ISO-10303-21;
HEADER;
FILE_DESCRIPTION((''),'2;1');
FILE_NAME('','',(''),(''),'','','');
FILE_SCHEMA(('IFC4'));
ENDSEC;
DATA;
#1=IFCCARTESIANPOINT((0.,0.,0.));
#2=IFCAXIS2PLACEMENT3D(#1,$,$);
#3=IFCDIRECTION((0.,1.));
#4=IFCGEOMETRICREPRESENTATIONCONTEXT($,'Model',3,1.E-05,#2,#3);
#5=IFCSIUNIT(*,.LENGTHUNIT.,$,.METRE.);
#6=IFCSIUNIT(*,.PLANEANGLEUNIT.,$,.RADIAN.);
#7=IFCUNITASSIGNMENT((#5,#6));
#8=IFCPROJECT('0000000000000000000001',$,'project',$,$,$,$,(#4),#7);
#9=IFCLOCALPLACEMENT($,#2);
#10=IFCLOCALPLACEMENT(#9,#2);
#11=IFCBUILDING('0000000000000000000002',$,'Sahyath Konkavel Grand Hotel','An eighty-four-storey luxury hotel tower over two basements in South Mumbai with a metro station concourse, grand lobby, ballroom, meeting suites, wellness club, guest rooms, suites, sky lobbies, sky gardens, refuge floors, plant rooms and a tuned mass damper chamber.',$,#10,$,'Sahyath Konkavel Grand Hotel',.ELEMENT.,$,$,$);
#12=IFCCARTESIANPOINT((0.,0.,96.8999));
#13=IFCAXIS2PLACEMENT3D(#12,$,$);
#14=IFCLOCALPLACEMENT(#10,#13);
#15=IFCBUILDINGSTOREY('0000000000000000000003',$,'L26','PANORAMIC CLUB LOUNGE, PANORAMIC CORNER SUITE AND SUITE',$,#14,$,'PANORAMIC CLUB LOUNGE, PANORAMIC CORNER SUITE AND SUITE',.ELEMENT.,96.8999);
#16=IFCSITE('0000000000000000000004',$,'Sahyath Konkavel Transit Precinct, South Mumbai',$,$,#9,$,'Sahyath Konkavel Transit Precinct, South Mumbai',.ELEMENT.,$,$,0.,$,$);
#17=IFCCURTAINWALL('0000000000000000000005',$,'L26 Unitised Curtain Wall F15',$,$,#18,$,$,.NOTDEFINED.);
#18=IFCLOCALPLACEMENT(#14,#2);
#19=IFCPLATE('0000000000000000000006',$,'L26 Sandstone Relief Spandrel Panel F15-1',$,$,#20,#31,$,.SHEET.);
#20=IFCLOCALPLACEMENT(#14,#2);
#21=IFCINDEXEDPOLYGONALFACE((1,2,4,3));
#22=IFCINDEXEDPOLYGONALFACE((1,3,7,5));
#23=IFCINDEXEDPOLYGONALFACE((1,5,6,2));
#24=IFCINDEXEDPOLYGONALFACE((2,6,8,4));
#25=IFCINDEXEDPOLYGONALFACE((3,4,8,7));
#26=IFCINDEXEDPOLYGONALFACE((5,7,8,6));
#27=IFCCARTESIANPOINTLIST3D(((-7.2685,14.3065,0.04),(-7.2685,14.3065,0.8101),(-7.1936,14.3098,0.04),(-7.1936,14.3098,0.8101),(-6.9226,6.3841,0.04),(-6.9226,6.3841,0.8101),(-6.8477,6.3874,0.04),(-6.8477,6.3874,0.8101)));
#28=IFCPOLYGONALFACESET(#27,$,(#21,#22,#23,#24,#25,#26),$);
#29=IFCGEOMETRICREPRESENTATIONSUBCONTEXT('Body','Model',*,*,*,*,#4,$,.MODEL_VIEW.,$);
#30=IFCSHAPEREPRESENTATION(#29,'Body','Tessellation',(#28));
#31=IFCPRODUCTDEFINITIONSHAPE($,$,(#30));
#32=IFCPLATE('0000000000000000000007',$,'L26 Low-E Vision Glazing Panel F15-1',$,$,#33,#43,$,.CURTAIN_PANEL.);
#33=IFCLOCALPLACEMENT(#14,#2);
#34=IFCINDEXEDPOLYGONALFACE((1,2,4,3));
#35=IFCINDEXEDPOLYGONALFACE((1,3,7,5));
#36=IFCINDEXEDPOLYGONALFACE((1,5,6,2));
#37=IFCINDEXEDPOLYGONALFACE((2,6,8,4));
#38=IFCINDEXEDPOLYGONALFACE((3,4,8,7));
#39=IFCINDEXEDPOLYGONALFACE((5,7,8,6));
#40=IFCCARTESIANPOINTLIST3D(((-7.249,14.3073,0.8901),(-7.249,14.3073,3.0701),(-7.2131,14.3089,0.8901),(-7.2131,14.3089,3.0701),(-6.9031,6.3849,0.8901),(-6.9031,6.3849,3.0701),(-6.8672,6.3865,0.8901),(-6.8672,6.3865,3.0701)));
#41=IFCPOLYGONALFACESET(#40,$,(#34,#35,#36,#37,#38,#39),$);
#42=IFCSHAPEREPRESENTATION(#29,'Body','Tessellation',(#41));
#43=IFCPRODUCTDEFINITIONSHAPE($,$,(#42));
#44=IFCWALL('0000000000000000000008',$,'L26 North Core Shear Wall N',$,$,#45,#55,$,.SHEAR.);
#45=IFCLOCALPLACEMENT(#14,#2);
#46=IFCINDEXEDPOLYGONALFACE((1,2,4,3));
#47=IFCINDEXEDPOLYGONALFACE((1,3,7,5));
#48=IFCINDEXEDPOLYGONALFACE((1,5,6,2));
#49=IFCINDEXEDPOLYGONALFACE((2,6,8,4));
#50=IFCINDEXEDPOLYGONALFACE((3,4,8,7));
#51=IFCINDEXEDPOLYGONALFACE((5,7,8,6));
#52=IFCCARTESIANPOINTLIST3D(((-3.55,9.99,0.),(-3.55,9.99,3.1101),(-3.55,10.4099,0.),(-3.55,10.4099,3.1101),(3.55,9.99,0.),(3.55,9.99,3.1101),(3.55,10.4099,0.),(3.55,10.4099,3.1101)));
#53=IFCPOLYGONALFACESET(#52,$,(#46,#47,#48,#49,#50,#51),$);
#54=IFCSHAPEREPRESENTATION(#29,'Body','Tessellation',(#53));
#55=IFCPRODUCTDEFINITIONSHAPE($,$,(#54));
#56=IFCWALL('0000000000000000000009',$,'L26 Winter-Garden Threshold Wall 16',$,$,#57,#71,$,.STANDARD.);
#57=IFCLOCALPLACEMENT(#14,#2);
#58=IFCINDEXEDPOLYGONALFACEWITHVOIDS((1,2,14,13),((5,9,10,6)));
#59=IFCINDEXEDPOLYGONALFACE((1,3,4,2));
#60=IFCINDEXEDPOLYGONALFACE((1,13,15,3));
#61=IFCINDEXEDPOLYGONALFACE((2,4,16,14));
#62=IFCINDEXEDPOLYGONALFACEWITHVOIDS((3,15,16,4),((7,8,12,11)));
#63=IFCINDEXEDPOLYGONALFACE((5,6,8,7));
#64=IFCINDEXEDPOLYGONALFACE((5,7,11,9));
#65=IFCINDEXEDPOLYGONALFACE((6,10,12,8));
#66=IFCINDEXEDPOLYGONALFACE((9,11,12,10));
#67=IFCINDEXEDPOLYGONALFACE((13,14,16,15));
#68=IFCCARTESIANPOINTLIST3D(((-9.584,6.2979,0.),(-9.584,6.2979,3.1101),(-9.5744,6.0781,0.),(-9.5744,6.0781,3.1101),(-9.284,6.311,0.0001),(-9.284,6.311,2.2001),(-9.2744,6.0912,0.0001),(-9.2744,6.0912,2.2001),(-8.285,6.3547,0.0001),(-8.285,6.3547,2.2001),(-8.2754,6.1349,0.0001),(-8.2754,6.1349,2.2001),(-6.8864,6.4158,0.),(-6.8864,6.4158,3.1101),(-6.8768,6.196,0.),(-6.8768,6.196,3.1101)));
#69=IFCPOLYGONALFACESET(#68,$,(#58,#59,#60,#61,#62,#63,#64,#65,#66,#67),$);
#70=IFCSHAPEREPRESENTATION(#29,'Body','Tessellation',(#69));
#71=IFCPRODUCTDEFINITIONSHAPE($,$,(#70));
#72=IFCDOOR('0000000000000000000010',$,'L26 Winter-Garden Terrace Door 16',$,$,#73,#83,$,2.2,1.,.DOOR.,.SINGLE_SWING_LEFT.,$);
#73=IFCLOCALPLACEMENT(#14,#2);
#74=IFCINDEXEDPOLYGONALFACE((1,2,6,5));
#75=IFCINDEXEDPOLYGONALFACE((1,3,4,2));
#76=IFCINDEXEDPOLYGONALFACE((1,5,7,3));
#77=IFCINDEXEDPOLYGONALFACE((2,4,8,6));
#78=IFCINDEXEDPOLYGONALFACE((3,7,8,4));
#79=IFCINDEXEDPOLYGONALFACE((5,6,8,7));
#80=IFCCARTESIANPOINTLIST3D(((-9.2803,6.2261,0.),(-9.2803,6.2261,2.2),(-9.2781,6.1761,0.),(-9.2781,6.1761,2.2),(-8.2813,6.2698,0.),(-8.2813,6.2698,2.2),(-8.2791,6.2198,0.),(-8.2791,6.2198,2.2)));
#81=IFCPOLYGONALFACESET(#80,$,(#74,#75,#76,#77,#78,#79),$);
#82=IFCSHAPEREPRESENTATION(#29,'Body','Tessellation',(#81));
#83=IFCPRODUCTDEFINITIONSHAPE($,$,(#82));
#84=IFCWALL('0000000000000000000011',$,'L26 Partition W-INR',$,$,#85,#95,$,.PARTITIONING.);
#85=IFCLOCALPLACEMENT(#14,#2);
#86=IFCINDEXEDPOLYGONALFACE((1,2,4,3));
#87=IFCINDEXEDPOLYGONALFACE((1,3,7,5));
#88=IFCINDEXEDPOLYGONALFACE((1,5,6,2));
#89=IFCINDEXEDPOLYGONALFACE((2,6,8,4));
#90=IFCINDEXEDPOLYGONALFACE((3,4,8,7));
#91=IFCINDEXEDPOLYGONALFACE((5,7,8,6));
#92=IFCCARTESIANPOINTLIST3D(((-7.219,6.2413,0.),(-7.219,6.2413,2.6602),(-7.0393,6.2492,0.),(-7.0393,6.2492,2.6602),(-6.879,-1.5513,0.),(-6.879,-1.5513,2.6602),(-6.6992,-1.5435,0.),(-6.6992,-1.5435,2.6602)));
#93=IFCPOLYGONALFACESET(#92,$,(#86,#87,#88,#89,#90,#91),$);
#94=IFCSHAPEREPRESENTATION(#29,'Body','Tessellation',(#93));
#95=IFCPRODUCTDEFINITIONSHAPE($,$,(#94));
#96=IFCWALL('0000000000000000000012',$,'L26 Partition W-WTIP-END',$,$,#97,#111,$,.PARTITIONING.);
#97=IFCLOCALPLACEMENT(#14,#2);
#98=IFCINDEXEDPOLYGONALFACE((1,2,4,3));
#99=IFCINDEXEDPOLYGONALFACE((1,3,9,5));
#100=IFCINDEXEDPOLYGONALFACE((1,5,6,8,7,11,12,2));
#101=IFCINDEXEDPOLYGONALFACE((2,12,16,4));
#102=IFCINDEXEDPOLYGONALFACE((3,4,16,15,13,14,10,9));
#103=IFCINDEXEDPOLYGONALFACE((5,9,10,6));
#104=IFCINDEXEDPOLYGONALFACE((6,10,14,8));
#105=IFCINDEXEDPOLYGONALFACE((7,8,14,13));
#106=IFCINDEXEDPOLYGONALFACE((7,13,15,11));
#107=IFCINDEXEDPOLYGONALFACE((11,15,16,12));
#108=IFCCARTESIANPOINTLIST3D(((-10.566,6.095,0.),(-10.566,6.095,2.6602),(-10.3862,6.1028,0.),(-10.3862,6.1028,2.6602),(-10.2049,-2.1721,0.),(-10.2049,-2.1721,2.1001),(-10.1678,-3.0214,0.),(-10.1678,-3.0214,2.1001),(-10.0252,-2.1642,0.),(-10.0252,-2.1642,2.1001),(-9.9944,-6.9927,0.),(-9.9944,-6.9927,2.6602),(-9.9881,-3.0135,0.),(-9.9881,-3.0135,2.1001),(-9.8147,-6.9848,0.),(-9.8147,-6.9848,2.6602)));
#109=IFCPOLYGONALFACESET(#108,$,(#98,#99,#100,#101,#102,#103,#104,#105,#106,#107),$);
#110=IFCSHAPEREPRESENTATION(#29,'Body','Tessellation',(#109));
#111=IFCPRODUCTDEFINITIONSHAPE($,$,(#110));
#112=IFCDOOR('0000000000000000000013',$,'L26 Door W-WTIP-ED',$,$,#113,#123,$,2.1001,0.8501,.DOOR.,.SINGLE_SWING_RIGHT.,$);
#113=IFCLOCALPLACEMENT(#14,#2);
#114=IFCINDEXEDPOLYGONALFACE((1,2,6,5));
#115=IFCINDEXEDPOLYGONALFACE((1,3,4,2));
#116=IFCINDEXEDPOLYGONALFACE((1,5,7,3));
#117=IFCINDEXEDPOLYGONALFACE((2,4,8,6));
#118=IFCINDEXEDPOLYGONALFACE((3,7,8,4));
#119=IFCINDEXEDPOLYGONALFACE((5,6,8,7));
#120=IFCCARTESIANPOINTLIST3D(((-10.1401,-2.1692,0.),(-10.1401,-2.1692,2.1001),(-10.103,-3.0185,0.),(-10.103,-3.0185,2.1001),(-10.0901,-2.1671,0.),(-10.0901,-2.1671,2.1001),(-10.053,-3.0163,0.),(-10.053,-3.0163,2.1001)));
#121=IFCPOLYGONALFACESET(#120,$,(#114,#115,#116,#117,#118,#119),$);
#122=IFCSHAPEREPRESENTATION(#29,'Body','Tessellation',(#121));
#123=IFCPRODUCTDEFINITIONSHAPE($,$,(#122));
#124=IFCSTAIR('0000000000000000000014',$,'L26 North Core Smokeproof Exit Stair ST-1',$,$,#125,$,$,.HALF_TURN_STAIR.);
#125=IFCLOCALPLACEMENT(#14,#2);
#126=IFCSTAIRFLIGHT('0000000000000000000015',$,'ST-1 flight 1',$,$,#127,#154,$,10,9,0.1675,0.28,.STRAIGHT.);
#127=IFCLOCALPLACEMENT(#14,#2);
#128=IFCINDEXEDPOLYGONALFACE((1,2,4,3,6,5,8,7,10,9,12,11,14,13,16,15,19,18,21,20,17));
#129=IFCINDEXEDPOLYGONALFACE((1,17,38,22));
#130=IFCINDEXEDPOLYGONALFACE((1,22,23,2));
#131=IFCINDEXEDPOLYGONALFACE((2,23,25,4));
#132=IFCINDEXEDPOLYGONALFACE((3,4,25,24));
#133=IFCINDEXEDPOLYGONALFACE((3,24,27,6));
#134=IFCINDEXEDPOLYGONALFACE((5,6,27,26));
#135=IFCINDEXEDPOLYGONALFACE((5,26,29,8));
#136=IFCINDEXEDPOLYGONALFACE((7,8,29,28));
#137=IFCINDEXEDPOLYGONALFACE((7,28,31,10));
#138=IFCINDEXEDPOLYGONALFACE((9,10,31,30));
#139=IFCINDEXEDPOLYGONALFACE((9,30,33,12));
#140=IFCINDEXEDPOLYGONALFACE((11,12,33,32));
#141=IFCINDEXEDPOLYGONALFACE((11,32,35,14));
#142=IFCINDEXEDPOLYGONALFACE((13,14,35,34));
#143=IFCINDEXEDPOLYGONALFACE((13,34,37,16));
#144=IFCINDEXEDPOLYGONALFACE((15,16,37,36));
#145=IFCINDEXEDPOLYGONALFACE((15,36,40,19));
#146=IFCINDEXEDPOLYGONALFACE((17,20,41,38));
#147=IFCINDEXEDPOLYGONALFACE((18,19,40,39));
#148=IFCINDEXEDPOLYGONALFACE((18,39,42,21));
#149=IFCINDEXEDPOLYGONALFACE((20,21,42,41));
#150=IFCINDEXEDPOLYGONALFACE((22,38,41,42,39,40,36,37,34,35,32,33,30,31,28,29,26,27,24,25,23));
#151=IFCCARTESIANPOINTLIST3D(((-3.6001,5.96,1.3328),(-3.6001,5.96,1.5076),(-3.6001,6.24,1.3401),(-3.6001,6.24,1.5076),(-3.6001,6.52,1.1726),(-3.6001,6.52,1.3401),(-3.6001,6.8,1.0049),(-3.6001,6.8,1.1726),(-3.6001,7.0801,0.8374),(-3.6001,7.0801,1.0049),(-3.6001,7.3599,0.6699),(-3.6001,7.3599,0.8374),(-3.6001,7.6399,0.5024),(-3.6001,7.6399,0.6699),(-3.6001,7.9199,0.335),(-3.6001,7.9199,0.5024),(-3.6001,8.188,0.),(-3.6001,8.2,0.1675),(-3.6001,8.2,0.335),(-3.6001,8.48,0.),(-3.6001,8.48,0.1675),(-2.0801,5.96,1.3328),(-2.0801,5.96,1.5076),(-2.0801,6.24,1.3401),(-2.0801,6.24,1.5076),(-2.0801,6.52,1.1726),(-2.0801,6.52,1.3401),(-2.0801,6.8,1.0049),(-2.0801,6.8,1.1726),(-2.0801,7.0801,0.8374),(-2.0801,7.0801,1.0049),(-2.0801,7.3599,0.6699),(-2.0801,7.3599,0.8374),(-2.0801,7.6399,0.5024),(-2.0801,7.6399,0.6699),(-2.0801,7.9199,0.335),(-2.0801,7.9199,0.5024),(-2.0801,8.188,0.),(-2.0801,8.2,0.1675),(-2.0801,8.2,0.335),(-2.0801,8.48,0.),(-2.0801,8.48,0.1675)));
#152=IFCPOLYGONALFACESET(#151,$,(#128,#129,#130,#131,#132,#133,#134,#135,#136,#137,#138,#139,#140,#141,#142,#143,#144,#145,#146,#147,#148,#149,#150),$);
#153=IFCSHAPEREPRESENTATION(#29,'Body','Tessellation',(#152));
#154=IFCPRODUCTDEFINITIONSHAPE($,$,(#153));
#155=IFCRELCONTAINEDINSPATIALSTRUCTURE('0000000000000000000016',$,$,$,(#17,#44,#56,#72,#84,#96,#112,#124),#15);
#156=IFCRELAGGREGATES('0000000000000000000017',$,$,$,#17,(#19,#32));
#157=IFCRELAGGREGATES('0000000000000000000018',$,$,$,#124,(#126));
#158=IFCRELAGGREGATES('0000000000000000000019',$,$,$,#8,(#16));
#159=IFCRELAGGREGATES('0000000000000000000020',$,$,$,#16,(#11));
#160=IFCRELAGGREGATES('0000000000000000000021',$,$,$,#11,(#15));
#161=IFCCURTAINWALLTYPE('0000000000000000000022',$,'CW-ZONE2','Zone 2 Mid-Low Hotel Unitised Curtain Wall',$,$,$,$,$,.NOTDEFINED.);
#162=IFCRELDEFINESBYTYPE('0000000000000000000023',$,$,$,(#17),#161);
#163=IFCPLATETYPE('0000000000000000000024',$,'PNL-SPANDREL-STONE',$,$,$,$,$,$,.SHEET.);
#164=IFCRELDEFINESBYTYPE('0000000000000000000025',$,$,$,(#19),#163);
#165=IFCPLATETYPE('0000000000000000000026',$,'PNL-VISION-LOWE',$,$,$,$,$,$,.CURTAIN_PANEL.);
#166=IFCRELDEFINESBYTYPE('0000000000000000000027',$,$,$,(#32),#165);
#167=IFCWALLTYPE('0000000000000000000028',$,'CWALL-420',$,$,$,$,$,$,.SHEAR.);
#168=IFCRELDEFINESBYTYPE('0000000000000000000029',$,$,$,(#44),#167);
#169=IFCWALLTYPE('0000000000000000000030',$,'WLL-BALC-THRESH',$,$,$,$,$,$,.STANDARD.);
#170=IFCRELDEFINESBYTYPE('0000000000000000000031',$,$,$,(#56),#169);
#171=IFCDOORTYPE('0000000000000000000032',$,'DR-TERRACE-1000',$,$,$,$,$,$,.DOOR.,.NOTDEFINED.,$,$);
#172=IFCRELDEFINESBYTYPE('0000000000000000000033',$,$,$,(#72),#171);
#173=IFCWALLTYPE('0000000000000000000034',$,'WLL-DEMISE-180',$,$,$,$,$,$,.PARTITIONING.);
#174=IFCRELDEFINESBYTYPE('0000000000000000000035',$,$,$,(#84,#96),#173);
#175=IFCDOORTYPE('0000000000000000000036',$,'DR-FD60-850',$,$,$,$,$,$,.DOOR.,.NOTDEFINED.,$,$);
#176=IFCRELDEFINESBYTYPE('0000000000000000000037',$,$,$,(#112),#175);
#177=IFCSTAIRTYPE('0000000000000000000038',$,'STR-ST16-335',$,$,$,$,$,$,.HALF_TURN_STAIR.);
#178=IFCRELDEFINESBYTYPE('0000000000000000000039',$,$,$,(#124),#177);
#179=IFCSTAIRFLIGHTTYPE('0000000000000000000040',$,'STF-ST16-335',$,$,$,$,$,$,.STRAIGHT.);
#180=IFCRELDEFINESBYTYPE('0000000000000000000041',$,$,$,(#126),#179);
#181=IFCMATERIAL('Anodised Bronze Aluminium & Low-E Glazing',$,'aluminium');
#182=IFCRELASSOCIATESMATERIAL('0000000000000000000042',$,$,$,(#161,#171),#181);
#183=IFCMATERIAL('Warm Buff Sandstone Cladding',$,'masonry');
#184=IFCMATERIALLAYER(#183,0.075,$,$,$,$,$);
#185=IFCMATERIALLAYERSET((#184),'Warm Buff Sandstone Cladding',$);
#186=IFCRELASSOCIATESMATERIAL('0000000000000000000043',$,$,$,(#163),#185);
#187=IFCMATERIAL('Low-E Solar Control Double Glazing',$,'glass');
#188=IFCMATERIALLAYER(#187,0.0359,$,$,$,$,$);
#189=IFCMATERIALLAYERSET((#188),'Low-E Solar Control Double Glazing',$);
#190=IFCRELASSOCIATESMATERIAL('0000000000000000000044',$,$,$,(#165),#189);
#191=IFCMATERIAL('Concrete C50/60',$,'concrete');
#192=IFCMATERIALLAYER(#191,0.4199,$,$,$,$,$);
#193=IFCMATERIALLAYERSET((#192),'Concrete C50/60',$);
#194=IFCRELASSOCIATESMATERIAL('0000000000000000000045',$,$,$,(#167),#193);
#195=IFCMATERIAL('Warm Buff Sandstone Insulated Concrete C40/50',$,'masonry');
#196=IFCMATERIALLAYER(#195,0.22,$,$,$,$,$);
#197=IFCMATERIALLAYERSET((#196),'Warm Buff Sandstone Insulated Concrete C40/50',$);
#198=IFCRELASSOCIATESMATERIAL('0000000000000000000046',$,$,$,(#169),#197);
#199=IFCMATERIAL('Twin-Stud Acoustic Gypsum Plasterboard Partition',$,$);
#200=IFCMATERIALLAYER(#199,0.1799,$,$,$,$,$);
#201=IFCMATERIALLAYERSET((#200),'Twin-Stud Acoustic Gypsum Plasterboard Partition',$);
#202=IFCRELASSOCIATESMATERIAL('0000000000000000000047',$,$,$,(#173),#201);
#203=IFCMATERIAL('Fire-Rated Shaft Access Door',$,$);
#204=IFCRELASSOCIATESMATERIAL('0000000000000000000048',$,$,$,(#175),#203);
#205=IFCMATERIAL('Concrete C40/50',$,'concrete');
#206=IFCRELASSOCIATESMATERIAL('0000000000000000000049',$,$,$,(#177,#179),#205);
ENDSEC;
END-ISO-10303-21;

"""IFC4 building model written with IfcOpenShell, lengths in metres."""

from ifc_helpers import new_model, si_unit, direction, frame, frame_2d, origin, origin_2d, place, context, subcontext, project, spatial, polyline, rectangle, outline, extrude, source, transform, mapped, material, layer, layer_set, type_object, element, fill, aggregate, save


model = new_model("IFC4")

# Units and contexts
model_context = context("Model", 3, precision=1e-05, world=origin(), true_north=direction((0.0, 1.0)))
body_context = subcontext(model_context, "Body", "Model", "MODEL_VIEW")
ifc_project = project(units=[si_unit("LENGTHUNIT", "METRE"), si_unit("PLANEANGLEUNIT", "RADIAN")], contexts=[model_context])

# Site, building, storey
site_placement = place(None, origin())
site = spatial("IfcSite", under=ifc_project, at=site_placement, Name="Sahyath Konkavel Transit Precinct, South Mumbai", LongName="Sahyath Konkavel Transit Precinct, South Mumbai", CompositionType="ELEMENT", RefElevation=0.0)
building_placement = place(site_placement, origin())
building = spatial("IfcBuilding", under=site, at=building_placement, Name="Sahyath Konkavel Grand Hotel", Description="An eighty-four-storey luxury hotel tower over two basements in South Mumbai with a metro station concourse, grand lobby, ballroom, meeting suites, wellness club, guest rooms, suites, sky lobbies, sky gardens, refuge floors, plant rooms and a tuned mass damper chamber.", LongName="Sahyath Konkavel Grand Hotel", CompositionType="ELEMENT")
storey_placement = place(building_placement, frame((0.0, 0.0, 96.8999)))
storey = spatial("IfcBuildingStorey", under=building, at=storey_placement, Name="L26", Description="PANORAMIC CLUB LOUNGE, PANORAMIC CORNER SUITE AND SUITE", LongName="PANORAMIC CLUB LOUNGE, PANORAMIC CORNER SUITE AND SUITE", CompositionType="ELEMENT", Elevation=96.8999)

# Curtain wall
ifc_material_1 = material(Name="Anodised Bronze Aluminium & Low-E Glazing", Category="aluminium")
curtain_wall_type = type_object("IfcCurtainWallType", Name="CW-ZONE2", Description="Zone 2 Mid-Low Hotel Unitised Curtain Wall", PredefinedType="NOTDEFINED", material=ifc_material_1)
curtain_wall_1_placement = place(storey_placement, origin())
curtain_wall_1 = element("IfcCurtainWall", 1, at=curtain_wall_1_placement, inside=storey, type_object=curtain_wall_type, Name="L26 Unitised Curtain Wall F15", PredefinedType="NOTDEFINED")

# Plates
ifc_material_2 = material(Name="Warm Buff Sandstone Cladding", Category="masonry")
ifc_layer_1 = layer(ifc_material_2, 0.075)
ifc_layer_set_1 = layer_set([ifc_layer_1], Name="Warm Buff Sandstone Cladding")
plate_type_1 = type_object("IfcPlateType", Name="PNL-SPANDREL-STONE", PredefinedType="SHEET", material=ifc_layer_set_1)
shared_shape_1 = source(origin(), body_context, "Body", "SweptSolid", [
    extrude(rectangle(XDim=7.9299, YDim=0.075, at=origin_2d()), origin(), (0.0, 0.0, 1.0), 0.77),
])
plate_1_placement = place(storey_placement, frame((-7.0581, 10.3469, 0.04), z_axis=(0.0, 0.0, 1.0), x_axis=(0.043619, -0.999048, 0.0)))
plate_1 = element("IfcPlate", 2, at=plate_1_placement, type_object=plate_type_1, Name="L26 Sandstone Relief Spandrel Panel F15-1", PredefinedType="SHEET", context=body_context, shape_type="MappedRepresentation", body=[
    mapped(shared_shape_1, transform((0.0, 0.0, 0.0), scale=1.0)),
])
ifc_material_3 = material(Name="Low-E Solar Control Double Glazing", Category="glass")
ifc_layer_2 = layer(ifc_material_3, 0.0359)
ifc_layer_set_2 = layer_set([ifc_layer_2], Name="Low-E Solar Control Double Glazing")
plate_type_2 = type_object("IfcPlateType", Name="PNL-VISION-LOWE", PredefinedType="CURTAIN_PANEL", material=ifc_layer_set_2)
shared_shape_2 = source(origin(), body_context, "Body", "SweptSolid", [
    extrude(rectangle(XDim=7.9299, YDim=0.0359, at=origin_2d()), origin(), (0.0, 0.0, 1.0), 2.1799),
])
plate_2_placement = place(storey_placement, frame((-7.0581, 10.3469, 0.8901), z_axis=(0.0, 0.0, 1.0), x_axis=(0.043619, -0.999048, 0.0)))
plate_2 = element("IfcPlate", 3, at=plate_2_placement, type_object=plate_type_2, Name="L26 Low-E Vision Glazing Panel F15-1", PredefinedType="CURTAIN_PANEL", context=body_context, shape_type="MappedRepresentation", body=[
    mapped(shared_shape_2, transform((0.0, 0.0, 0.0), scale=1.0)),
])
aggregate(curtain_wall_1, [plate_1, plate_2])

# Wall
ifc_material_4 = material(Name="Concrete C50/60", Category="concrete")
ifc_layer_3 = layer(ifc_material_4, 0.4199)
ifc_layer_set_3 = layer_set([ifc_layer_3], Name="Concrete C50/60")
wall_type_1 = type_object("IfcWallType", Name="CWALL-420", PredefinedType="SHEAR", material=ifc_layer_set_3)
wall_1_placement = place(storey_placement, frame((-3.55, 10.2, 0.0), z_axis=(0.0, 0.0, 1.0), x_axis=(1.0, 0.0, 0.0)))
element("IfcWall", 4, at=wall_1_placement, inside=storey, type_object=wall_type_1, Name="L26 North Core Shear Wall N", PredefinedType="SHEAR", context=body_context, shape_type="SweptSolid", body=[
    extrude(rectangle(XDim=7.1001, YDim=0.4199, at=frame_2d((3.55, 0.0))), origin(), (0.0, 0.0, 1.0), 3.1101),
])

# Wall, opening, door
ifc_material_5 = material(Name="Warm Buff Sandstone Insulated Concrete C40/50", Category="masonry")
ifc_layer_4 = layer(ifc_material_5, 0.22)
ifc_layer_set_4 = layer_set([ifc_layer_4], Name="Warm Buff Sandstone Insulated Concrete C40/50")
wall_type_2 = type_object("IfcWallType", Name="WLL-BALC-THRESH", PredefinedType="STANDARD", material=ifc_layer_set_4)
wall_2_placement = place(storey_placement, frame((-6.8816, 6.3059, 0.0), z_axis=(0.0, 0.0, 1.0), x_axis=(-0.999046, -0.043673, 0.0)))
wall_2 = element("IfcWall", 5, at=wall_2_placement, inside=storey, type_object=wall_type_2, Name="L26 Winter-Garden Threshold Wall 16", PredefinedType="STANDARD", context=body_context, shape_type="SweptSolid", body=[
    extrude(rectangle(XDim=2.7002, YDim=0.22, at=frame_2d((1.3501, 0.0))), origin(), (0.0, 0.0, 1.0), 3.1101),
])
opening_1_placement = place(wall_2_placement, frame((1.3999, 0.0, 0.0)))
opening_1 = element("IfcOpeningElement", 6, at=opening_1_placement, cuts=wall_2, PredefinedType="OPENING", context=body_context, shape_type="SweptSolid", body=[
    extrude(rectangle(XDim=1.0, YDim=2.2, at=frame_2d((0.5, 1.1001))), frame((0.0, 0.1201, 0.0), z_axis=(0.0, -1.0, 0.0), x_axis=(1.0, 0.0, 0.0)), (0.0, 0.0, 1.0), 0.24),
])
door_type_1 = type_object("IfcDoorType", Name="DR-TERRACE-1000", OperationType="NOTDEFINED", PredefinedType="DOOR", material=ifc_material_1)
shared_shape_3 = source(origin(), body_context, "Body", "SweptSolid", [
    extrude(rectangle(XDim=1.0, YDim=0.05, at=origin_2d()), origin(), (0.0, 0.0, 1.0), 2.2),
])
door_1_placement = place(opening_1_placement, frame((0.5, 0.0, 0.0)))
door_1 = element("IfcDoor", 7, at=door_1_placement, inside=storey, type_object=door_type_1, Name="L26 Winter-Garden Terrace Door 16", OperationType="SINGLE_SWING_LEFT", OverallHeight=2.2, OverallWidth=1.0, PredefinedType="DOOR", context=body_context, shape_type="MappedRepresentation", body=[
    mapped(shared_shape_3, transform((0.0, 0.0, 0.0), scale=1.0)),
])
fill(opening_1, door_1)

# Wall
ifc_material_6 = material(Name="Twin-Stud Acoustic Gypsum Plasterboard Partition")
ifc_layer_5 = layer(ifc_material_6, 0.1799)
ifc_layer_set_5 = layer_set([ifc_layer_5], Name="Twin-Stud Acoustic Gypsum Plasterboard Partition")
wall_type_3 = type_object("IfcWallType", Name="WLL-DEMISE-180", PredefinedType="PARTITIONING", material=ifc_layer_set_5)
wall_3_placement = place(storey_placement, frame((-7.1292, 6.2451, 0.0), z_axis=(0.0, 0.0, 1.0), x_axis=(0.0436, -0.999049, 0.0)))
element("IfcWall", 8, at=wall_3_placement, inside=storey, type_object=wall_type_3, Name="L26 Partition W-INR", PredefinedType="PARTITIONING", context=body_context, shape_type="SweptSolid", body=[
    extrude(rectangle(XDim=7.8, YDim=0.1799, at=frame_2d((3.8999, 0.0))), origin(), (0.0, 0.0, 1.0), 2.6602),
])

# Wall, opening, door
wall_4_placement = place(storey_placement, frame((-10.4761, 6.0989, 0.0), z_axis=(0.0, 0.0, 1.0), x_axis=(0.043628, -0.999048, 0.0)))
wall_4 = element("IfcWall", 9, at=wall_4_placement, inside=storey, type_object=wall_type_3, Name="L26 Partition W-WTIP-END", PredefinedType="PARTITIONING", context=body_context, shape_type="SweptSolid", body=[
    extrude(rectangle(XDim=13.1001, YDim=0.1799, at=frame_2d((6.55, 0.0))), origin(), (0.0, 0.0, 1.0), 2.6602),
])
opening_2_placement = place(wall_4_placement, frame((8.2749, 0.0, 0.0)))
opening_2 = element("IfcOpeningElement", 10, at=opening_2_placement, cuts=wall_4, PredefinedType="OPENING", context=body_context, shape_type="SweptSolid", body=[
    extrude(rectangle(XDim=0.8501, YDim=2.1001, at=frame_2d((0.425, 1.05))), frame((0.0, 0.1001, 0.0), z_axis=(0.0, -1.0, 0.0), x_axis=(1.0, 0.0, 0.0)), (0.0, 0.0, 1.0), 0.2),
])
ifc_material_7 = material(Name="Fire-Rated Shaft Access Door")
door_type_2 = type_object("IfcDoorType", Name="DR-FD60-850", OperationType="NOTDEFINED", PredefinedType="DOOR", material=ifc_material_7)
shared_shape_4 = source(origin(), body_context, "Body", "SweptSolid", [
    extrude(rectangle(XDim=0.8501, YDim=0.05, at=origin_2d()), origin(), (0.0, 0.0, 1.0), 2.1001),
])
door_2_placement = place(opening_2_placement, frame((0.425, 0.0, 0.0)))
door_2 = element("IfcDoor", 11, at=door_2_placement, inside=storey, type_object=door_type_2, Name="L26 Door W-WTIP-ED", OperationType="SINGLE_SWING_RIGHT", OverallHeight=2.1001, OverallWidth=0.8501, PredefinedType="DOOR", context=body_context, shape_type="MappedRepresentation", body=[
    mapped(shared_shape_4, transform((0.0, 0.0, 0.0), scale=1.0)),
])
fill(opening_2, door_2)

# Stair, stair flight
ifc_material_8 = material(Name="Concrete C40/50", Category="concrete")
stair_type = type_object("IfcStairType", Name="STR-ST16-335", PredefinedType="HALF_TURN_STAIR", material=ifc_material_8)
stair_placement = place(storey_placement, origin())
stair = element("IfcStair", 12, at=stair_placement, inside=storey, type_object=stair_type, Name="L26 North Core Smokeproof Exit Stair ST-1", PredefinedType="HALF_TURN_STAIR")
stair_flight_type = type_object("IfcStairFlightType", Name="STF-ST16-335", PredefinedType="STRAIGHT", material=ifc_material_8)
stair_flight_placement = place(storey_placement, frame((-2.8401, 8.48, 0.0), z_axis=(0.0, 0.0, 1.0), x_axis=(0.0, -1.0, 0.0)))
stair_flight = element("IfcStairFlight", 13, at=stair_flight_placement, type_object=stair_flight_type, Name="ST-1 flight 1", NumberOfRisers=10, NumberOfTreads=9, PredefinedType="STRAIGHT", RiserHeight=0.1675, TreadLength=0.28, context=body_context, shape_type="SweptSolid", body=[
    extrude(outline(polyline([(0.0, 0.0), (0.0, 0.1675), (0.28, 0.1675), (0.28, 0.335), (0.5601, 0.335), (0.5601, 0.5024), (0.8401, 0.5024), (0.8401, 0.6699), (1.1201, 0.6699), (1.1201, 0.8374), (1.3999, 0.8374), (1.3999, 1.0049), (1.6799, 1.0049), (1.6799, 1.1726), (1.96, 1.1726), (1.96, 1.3401), (2.24, 1.3401), (2.24, 1.5076), (2.52, 1.5076), (2.52, 1.675), (2.52, 1.3328), (0.292, 0.0), (0.0, 0.0)])), frame((0.0, 0.76, 0.0), z_axis=(0.0, -1.0, 0.0), x_axis=(1.0, 0.0, 0.0)), (0.0, 0.0, 1.0), 1.52),
])
aggregate(stair, [stair_flight])

save(model, "model.ifc")
